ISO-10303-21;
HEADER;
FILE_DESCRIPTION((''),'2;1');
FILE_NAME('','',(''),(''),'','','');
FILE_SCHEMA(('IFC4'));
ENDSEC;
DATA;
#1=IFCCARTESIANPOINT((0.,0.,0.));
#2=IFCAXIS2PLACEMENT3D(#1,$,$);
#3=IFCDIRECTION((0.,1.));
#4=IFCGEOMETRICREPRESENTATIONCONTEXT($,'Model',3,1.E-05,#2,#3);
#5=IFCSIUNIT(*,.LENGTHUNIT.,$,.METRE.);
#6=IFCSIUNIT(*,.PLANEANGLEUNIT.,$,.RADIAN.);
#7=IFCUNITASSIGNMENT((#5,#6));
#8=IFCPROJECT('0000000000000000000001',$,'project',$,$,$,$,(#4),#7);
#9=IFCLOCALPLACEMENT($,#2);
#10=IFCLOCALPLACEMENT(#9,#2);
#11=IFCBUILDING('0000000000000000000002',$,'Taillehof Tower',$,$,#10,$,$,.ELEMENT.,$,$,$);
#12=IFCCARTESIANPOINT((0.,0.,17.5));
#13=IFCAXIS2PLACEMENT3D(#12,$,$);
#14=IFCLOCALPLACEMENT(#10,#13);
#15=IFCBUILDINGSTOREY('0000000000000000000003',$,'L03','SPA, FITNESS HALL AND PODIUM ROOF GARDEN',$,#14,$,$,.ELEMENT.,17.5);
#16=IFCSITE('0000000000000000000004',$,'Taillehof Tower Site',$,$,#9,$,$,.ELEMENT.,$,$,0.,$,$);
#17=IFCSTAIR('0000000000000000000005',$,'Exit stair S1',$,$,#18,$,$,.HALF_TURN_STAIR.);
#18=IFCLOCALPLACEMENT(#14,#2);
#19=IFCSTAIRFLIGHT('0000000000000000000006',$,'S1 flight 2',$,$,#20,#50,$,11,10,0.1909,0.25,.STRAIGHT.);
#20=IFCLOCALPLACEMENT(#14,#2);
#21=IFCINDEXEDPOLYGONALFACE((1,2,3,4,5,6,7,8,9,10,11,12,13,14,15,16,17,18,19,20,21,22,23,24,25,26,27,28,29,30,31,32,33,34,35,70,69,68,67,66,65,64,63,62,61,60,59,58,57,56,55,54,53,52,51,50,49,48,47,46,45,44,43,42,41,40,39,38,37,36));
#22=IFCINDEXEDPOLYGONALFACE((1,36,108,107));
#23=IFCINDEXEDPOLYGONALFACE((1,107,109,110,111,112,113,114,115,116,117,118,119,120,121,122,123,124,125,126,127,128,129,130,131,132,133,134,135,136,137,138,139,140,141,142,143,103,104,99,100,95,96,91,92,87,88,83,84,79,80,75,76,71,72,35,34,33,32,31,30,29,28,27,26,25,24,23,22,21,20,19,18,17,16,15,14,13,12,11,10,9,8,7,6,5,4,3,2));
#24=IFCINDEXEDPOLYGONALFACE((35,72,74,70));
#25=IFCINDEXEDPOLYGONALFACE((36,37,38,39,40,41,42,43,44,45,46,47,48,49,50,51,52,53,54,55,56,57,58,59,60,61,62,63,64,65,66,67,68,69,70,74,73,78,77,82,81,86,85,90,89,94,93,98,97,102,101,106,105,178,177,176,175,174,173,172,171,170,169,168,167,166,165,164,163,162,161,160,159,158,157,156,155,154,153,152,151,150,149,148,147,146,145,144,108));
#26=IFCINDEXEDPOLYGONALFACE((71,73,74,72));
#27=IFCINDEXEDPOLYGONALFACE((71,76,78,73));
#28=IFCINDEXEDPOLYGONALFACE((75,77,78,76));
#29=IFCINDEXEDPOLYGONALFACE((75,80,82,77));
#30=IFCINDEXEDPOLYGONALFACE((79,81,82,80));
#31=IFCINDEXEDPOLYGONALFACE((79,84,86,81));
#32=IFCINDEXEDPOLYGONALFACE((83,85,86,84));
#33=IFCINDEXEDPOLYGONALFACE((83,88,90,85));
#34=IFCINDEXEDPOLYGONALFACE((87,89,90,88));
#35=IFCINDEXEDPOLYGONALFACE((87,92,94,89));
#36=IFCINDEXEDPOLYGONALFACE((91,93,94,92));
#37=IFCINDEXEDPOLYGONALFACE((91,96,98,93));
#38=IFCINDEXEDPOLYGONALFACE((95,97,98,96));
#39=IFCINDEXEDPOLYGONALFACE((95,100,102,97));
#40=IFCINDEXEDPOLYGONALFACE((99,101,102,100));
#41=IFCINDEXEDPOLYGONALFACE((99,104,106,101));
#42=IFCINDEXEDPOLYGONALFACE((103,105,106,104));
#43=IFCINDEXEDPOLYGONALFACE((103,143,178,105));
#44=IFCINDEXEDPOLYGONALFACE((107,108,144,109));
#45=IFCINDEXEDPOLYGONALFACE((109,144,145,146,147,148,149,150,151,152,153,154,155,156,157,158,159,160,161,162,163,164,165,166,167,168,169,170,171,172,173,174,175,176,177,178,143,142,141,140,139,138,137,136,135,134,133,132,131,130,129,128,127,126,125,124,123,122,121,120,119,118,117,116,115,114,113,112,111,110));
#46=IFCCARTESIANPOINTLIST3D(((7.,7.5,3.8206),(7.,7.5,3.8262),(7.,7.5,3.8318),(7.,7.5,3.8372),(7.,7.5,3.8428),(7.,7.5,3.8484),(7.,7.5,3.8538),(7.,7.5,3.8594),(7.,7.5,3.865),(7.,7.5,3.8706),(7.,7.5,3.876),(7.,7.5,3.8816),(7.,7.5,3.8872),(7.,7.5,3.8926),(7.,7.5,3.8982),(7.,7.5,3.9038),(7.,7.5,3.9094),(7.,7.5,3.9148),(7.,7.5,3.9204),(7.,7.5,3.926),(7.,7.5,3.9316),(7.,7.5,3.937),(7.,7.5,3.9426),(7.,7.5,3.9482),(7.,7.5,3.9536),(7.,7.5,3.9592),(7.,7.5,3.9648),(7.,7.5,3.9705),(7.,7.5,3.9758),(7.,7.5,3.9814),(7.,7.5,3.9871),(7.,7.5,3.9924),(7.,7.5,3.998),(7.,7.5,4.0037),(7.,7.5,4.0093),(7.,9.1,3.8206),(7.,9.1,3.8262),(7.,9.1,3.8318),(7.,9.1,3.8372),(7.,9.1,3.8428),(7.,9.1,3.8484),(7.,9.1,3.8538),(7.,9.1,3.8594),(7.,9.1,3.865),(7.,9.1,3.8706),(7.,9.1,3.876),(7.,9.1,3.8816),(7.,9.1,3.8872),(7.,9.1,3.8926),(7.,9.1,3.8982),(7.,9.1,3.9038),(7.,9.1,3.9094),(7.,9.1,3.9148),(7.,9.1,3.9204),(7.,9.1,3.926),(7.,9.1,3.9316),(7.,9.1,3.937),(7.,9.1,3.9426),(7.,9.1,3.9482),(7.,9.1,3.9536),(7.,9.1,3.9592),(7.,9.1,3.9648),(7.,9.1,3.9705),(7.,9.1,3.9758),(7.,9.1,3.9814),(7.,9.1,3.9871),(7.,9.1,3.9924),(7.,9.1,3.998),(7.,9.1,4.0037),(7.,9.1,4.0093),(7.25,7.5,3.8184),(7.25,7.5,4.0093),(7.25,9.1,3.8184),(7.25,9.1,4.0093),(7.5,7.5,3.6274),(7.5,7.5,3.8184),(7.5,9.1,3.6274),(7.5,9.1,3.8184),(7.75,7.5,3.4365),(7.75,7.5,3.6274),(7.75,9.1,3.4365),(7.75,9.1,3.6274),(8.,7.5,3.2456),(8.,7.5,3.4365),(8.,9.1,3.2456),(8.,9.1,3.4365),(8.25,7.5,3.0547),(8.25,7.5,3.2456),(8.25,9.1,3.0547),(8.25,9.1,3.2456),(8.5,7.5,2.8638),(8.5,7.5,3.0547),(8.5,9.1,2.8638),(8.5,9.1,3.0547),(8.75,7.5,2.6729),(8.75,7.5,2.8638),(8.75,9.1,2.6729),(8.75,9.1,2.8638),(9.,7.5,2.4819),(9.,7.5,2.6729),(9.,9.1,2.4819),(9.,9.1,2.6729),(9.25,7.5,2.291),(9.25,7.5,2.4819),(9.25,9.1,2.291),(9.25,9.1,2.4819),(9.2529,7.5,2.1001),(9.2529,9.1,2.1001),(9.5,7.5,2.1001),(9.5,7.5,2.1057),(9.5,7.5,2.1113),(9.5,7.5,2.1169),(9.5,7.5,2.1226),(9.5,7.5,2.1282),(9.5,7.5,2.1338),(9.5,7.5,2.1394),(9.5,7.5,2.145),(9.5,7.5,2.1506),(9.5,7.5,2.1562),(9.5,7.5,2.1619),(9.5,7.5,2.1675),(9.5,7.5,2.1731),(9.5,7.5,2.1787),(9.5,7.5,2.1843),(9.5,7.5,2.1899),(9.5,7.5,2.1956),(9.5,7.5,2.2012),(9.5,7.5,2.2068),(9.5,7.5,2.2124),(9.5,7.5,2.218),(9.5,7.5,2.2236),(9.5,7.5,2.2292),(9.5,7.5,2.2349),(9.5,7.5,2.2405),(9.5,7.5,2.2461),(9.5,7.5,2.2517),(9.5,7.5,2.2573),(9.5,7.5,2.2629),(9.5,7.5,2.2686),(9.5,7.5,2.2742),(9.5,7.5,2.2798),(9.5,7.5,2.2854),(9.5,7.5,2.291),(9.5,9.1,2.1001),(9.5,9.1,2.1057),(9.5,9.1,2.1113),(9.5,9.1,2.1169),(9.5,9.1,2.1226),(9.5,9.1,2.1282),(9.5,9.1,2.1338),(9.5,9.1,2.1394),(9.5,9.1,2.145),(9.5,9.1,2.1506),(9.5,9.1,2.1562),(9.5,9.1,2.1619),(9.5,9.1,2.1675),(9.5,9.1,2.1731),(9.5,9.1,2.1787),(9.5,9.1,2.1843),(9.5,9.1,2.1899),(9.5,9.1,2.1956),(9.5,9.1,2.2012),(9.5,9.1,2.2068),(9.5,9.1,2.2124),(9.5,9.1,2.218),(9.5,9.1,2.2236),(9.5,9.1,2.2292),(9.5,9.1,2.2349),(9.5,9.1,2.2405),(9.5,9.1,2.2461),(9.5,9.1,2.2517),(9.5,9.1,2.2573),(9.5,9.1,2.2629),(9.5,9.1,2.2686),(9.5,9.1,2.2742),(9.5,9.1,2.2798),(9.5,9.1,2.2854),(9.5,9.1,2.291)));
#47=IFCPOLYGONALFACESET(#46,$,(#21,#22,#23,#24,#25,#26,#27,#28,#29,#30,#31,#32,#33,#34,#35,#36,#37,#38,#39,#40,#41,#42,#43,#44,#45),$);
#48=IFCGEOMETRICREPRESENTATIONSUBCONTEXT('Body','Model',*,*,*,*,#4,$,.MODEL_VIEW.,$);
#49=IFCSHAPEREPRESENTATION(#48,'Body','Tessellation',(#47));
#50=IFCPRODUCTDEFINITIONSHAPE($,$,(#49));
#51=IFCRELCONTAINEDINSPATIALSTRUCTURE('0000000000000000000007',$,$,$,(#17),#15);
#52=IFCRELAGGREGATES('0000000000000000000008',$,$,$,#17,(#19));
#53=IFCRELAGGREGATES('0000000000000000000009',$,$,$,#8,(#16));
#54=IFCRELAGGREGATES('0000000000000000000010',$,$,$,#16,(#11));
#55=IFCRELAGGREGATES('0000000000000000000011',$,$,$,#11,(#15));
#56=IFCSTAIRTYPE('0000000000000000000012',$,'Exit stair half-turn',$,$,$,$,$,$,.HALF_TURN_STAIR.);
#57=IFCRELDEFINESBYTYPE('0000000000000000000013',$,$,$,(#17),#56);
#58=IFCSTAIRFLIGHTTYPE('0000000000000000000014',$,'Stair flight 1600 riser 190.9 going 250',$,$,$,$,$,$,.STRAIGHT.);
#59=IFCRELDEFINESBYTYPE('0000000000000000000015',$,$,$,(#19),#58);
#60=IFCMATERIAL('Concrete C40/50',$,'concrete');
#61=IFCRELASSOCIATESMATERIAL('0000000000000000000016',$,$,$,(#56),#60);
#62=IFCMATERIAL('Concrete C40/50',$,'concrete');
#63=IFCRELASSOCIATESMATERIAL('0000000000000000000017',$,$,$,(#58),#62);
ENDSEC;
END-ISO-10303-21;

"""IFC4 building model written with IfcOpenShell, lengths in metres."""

from ifc_helpers import new_model, si_unit, direction, frame, origin, place, context, subcontext, project, spatial, polyline, outline, extrude, material, type_object, element, aggregate, save


model = new_model("IFC4")

# Units and contexts
model_context = context("Model", 3, precision=1e-05, world=origin(), true_north=direction((0.0, 1.0)))
body_context = subcontext(model_context, "Body", "Model", "MODEL_VIEW")
ifc_project = project(units=[si_unit("LENGTHUNIT", "METRE"), si_unit("PLANEANGLEUNIT", "RADIAN")], contexts=[model_context])

# Site, building, storey
site_placement = place(None, origin())
site = spatial("IfcSite", under=ifc_project, at=site_placement, Name="Taillehof Tower Site", CompositionType="ELEMENT", RefElevation=0.0)
building_placement = place(site_placement, origin())
building = spatial("IfcBuilding", under=site, at=building_placement, Name="Taillehof Tower", CompositionType="ELEMENT")
storey_placement = place(building_placement, frame((0.0, 0.0, 17.5)))
storey = spatial("IfcBuildingStorey", under=building, at=storey_placement, Name="L03", Description="SPA, FITNESS HALL AND PODIUM ROOF GARDEN", CompositionType="ELEMENT", Elevation=17.5)

# Stair, stair flight
ifc_material_1 = material(Name="Concrete C40/50", Category="concrete")
stair_type = type_object("IfcStairType", Name="Exit stair half-turn", PredefinedType="HALF_TURN_STAIR", material=ifc_material_1)
stair_placement = place(storey_placement, origin())
stair = element("IfcStair", 1, at=stair_placement, inside=storey, type_object=stair_type, Name="Exit stair S1", PredefinedType="HALF_TURN_STAIR")
ifc_material_2 = material(Name="Concrete C40/50", Category="concrete")
stair_flight_type = type_object("IfcStairFlightType", Name="Stair flight 1600 riser 190.9 going 250", PredefinedType="STRAIGHT", material=ifc_material_2)
stair_flight_1_placement = place(storey_placement, frame((9.5, 8.3, 2.1001), z_axis=(0.0, 0.0, 1.0), x_axis=(-1.0, 0.0, 0.0)))
stair_flight_1 = element("IfcStairFlight", 2, at=stair_flight_1_placement, type_object=stair_flight_type, Name="S1 flight 2", NumberOfRisers=11, NumberOfTreads=10, PredefinedType="STRAIGHT", RiserHeight=0.1909, TreadLength=0.25, context=body_context, shape_type="SweptSolid", body=[
    extrude(outline(polyline([(0.0, 0.0), (0.0, 0.0056), (0.0, 0.0112), (0.0, 0.0168), (0.0, 0.0225), (0.0, 0.0281), (0.0, 0.0337), (0.0, 0.0393), (0.0, 0.0449), (0.0, 0.0505), (0.0, 0.0562), (0.0, 0.0618), (0.0, 0.0674), (0.0, 0.073), (0.0, 0.0786), (0.0, 0.0842), (0.0, 0.0898), (0.0, 0.0955), (0.0, 0.1011), (0.0, 0.1067), (0.0, 0.1123), (0.0, 0.1179), (0.0, 0.1235), (0.0, 0.1292), (0.0, 0.1348), (0.0, 0.1404), (0.0, 0.146), (0.0, 0.1516), (0.0, 0.1572), (0.0, 0.1628), (0.0, 0.1685), (0.0, 0.1741), (0.0, 0.1797), (0.0, 0.1853), (0.0, 0.1909), (0.25, 0.1909), (0.25, 0.3818), (0.5, 0.3818), (0.5, 0.5728), (0.75, 0.5728), (0.75, 0.7637), (1.0, 0.7637), (1.0, 0.9546), (1.25, 0.9546), (1.25, 1.1455), (1.5, 1.1455), (1.5, 1.3364), (1.75, 1.3364), (1.75, 1.5273), (2.0, 1.5273), (2.0, 1.7183), (2.25, 1.7183), (2.25, 1.9092), (2.5, 1.9092), (2.5, 1.9036), (2.5, 1.8979), (2.5, 1.8923), (2.5, 1.887), (2.5, 1.8813), (2.5, 1.8757), (2.5, 1.8704), (2.5, 1.8647), (2.5, 1.8591), (2.5, 1.8535), (2.5, 1.8481), (2.5, 1.8425), (2.5, 1.8369), (2.5, 1.8315), (2.5, 1.8259), (2.5, 1.8203), (2.5, 1.8147), (2.5, 1.8093), (2.5, 1.8037), (2.5, 1.7981), (2.5, 1.7925), (2.5, 1.7871), (2.5, 1.7815), (2.5, 1.7759), (2.5, 1.7705), (2.5, 1.7649), (2.5, 1.7593), (2.5, 1.7537), (2.5, 1.7483), (2.5, 1.7427), (2.5, 1.7371), (2.5, 1.7317), (2.5, 1.7261), (2.5, 1.7205), (0.2471, 0.0), (0.0, 0.0)])), frame((0.0, 0.8, 0.0), z_axis=(0.0, -1.0, 0.0), x_axis=(1.0, 0.0, 0.0)), (0.0, 0.0, 1.0), 1.6),
])
aggregate(stair, [stair_flight_1])

save(model, "model.ifc")
